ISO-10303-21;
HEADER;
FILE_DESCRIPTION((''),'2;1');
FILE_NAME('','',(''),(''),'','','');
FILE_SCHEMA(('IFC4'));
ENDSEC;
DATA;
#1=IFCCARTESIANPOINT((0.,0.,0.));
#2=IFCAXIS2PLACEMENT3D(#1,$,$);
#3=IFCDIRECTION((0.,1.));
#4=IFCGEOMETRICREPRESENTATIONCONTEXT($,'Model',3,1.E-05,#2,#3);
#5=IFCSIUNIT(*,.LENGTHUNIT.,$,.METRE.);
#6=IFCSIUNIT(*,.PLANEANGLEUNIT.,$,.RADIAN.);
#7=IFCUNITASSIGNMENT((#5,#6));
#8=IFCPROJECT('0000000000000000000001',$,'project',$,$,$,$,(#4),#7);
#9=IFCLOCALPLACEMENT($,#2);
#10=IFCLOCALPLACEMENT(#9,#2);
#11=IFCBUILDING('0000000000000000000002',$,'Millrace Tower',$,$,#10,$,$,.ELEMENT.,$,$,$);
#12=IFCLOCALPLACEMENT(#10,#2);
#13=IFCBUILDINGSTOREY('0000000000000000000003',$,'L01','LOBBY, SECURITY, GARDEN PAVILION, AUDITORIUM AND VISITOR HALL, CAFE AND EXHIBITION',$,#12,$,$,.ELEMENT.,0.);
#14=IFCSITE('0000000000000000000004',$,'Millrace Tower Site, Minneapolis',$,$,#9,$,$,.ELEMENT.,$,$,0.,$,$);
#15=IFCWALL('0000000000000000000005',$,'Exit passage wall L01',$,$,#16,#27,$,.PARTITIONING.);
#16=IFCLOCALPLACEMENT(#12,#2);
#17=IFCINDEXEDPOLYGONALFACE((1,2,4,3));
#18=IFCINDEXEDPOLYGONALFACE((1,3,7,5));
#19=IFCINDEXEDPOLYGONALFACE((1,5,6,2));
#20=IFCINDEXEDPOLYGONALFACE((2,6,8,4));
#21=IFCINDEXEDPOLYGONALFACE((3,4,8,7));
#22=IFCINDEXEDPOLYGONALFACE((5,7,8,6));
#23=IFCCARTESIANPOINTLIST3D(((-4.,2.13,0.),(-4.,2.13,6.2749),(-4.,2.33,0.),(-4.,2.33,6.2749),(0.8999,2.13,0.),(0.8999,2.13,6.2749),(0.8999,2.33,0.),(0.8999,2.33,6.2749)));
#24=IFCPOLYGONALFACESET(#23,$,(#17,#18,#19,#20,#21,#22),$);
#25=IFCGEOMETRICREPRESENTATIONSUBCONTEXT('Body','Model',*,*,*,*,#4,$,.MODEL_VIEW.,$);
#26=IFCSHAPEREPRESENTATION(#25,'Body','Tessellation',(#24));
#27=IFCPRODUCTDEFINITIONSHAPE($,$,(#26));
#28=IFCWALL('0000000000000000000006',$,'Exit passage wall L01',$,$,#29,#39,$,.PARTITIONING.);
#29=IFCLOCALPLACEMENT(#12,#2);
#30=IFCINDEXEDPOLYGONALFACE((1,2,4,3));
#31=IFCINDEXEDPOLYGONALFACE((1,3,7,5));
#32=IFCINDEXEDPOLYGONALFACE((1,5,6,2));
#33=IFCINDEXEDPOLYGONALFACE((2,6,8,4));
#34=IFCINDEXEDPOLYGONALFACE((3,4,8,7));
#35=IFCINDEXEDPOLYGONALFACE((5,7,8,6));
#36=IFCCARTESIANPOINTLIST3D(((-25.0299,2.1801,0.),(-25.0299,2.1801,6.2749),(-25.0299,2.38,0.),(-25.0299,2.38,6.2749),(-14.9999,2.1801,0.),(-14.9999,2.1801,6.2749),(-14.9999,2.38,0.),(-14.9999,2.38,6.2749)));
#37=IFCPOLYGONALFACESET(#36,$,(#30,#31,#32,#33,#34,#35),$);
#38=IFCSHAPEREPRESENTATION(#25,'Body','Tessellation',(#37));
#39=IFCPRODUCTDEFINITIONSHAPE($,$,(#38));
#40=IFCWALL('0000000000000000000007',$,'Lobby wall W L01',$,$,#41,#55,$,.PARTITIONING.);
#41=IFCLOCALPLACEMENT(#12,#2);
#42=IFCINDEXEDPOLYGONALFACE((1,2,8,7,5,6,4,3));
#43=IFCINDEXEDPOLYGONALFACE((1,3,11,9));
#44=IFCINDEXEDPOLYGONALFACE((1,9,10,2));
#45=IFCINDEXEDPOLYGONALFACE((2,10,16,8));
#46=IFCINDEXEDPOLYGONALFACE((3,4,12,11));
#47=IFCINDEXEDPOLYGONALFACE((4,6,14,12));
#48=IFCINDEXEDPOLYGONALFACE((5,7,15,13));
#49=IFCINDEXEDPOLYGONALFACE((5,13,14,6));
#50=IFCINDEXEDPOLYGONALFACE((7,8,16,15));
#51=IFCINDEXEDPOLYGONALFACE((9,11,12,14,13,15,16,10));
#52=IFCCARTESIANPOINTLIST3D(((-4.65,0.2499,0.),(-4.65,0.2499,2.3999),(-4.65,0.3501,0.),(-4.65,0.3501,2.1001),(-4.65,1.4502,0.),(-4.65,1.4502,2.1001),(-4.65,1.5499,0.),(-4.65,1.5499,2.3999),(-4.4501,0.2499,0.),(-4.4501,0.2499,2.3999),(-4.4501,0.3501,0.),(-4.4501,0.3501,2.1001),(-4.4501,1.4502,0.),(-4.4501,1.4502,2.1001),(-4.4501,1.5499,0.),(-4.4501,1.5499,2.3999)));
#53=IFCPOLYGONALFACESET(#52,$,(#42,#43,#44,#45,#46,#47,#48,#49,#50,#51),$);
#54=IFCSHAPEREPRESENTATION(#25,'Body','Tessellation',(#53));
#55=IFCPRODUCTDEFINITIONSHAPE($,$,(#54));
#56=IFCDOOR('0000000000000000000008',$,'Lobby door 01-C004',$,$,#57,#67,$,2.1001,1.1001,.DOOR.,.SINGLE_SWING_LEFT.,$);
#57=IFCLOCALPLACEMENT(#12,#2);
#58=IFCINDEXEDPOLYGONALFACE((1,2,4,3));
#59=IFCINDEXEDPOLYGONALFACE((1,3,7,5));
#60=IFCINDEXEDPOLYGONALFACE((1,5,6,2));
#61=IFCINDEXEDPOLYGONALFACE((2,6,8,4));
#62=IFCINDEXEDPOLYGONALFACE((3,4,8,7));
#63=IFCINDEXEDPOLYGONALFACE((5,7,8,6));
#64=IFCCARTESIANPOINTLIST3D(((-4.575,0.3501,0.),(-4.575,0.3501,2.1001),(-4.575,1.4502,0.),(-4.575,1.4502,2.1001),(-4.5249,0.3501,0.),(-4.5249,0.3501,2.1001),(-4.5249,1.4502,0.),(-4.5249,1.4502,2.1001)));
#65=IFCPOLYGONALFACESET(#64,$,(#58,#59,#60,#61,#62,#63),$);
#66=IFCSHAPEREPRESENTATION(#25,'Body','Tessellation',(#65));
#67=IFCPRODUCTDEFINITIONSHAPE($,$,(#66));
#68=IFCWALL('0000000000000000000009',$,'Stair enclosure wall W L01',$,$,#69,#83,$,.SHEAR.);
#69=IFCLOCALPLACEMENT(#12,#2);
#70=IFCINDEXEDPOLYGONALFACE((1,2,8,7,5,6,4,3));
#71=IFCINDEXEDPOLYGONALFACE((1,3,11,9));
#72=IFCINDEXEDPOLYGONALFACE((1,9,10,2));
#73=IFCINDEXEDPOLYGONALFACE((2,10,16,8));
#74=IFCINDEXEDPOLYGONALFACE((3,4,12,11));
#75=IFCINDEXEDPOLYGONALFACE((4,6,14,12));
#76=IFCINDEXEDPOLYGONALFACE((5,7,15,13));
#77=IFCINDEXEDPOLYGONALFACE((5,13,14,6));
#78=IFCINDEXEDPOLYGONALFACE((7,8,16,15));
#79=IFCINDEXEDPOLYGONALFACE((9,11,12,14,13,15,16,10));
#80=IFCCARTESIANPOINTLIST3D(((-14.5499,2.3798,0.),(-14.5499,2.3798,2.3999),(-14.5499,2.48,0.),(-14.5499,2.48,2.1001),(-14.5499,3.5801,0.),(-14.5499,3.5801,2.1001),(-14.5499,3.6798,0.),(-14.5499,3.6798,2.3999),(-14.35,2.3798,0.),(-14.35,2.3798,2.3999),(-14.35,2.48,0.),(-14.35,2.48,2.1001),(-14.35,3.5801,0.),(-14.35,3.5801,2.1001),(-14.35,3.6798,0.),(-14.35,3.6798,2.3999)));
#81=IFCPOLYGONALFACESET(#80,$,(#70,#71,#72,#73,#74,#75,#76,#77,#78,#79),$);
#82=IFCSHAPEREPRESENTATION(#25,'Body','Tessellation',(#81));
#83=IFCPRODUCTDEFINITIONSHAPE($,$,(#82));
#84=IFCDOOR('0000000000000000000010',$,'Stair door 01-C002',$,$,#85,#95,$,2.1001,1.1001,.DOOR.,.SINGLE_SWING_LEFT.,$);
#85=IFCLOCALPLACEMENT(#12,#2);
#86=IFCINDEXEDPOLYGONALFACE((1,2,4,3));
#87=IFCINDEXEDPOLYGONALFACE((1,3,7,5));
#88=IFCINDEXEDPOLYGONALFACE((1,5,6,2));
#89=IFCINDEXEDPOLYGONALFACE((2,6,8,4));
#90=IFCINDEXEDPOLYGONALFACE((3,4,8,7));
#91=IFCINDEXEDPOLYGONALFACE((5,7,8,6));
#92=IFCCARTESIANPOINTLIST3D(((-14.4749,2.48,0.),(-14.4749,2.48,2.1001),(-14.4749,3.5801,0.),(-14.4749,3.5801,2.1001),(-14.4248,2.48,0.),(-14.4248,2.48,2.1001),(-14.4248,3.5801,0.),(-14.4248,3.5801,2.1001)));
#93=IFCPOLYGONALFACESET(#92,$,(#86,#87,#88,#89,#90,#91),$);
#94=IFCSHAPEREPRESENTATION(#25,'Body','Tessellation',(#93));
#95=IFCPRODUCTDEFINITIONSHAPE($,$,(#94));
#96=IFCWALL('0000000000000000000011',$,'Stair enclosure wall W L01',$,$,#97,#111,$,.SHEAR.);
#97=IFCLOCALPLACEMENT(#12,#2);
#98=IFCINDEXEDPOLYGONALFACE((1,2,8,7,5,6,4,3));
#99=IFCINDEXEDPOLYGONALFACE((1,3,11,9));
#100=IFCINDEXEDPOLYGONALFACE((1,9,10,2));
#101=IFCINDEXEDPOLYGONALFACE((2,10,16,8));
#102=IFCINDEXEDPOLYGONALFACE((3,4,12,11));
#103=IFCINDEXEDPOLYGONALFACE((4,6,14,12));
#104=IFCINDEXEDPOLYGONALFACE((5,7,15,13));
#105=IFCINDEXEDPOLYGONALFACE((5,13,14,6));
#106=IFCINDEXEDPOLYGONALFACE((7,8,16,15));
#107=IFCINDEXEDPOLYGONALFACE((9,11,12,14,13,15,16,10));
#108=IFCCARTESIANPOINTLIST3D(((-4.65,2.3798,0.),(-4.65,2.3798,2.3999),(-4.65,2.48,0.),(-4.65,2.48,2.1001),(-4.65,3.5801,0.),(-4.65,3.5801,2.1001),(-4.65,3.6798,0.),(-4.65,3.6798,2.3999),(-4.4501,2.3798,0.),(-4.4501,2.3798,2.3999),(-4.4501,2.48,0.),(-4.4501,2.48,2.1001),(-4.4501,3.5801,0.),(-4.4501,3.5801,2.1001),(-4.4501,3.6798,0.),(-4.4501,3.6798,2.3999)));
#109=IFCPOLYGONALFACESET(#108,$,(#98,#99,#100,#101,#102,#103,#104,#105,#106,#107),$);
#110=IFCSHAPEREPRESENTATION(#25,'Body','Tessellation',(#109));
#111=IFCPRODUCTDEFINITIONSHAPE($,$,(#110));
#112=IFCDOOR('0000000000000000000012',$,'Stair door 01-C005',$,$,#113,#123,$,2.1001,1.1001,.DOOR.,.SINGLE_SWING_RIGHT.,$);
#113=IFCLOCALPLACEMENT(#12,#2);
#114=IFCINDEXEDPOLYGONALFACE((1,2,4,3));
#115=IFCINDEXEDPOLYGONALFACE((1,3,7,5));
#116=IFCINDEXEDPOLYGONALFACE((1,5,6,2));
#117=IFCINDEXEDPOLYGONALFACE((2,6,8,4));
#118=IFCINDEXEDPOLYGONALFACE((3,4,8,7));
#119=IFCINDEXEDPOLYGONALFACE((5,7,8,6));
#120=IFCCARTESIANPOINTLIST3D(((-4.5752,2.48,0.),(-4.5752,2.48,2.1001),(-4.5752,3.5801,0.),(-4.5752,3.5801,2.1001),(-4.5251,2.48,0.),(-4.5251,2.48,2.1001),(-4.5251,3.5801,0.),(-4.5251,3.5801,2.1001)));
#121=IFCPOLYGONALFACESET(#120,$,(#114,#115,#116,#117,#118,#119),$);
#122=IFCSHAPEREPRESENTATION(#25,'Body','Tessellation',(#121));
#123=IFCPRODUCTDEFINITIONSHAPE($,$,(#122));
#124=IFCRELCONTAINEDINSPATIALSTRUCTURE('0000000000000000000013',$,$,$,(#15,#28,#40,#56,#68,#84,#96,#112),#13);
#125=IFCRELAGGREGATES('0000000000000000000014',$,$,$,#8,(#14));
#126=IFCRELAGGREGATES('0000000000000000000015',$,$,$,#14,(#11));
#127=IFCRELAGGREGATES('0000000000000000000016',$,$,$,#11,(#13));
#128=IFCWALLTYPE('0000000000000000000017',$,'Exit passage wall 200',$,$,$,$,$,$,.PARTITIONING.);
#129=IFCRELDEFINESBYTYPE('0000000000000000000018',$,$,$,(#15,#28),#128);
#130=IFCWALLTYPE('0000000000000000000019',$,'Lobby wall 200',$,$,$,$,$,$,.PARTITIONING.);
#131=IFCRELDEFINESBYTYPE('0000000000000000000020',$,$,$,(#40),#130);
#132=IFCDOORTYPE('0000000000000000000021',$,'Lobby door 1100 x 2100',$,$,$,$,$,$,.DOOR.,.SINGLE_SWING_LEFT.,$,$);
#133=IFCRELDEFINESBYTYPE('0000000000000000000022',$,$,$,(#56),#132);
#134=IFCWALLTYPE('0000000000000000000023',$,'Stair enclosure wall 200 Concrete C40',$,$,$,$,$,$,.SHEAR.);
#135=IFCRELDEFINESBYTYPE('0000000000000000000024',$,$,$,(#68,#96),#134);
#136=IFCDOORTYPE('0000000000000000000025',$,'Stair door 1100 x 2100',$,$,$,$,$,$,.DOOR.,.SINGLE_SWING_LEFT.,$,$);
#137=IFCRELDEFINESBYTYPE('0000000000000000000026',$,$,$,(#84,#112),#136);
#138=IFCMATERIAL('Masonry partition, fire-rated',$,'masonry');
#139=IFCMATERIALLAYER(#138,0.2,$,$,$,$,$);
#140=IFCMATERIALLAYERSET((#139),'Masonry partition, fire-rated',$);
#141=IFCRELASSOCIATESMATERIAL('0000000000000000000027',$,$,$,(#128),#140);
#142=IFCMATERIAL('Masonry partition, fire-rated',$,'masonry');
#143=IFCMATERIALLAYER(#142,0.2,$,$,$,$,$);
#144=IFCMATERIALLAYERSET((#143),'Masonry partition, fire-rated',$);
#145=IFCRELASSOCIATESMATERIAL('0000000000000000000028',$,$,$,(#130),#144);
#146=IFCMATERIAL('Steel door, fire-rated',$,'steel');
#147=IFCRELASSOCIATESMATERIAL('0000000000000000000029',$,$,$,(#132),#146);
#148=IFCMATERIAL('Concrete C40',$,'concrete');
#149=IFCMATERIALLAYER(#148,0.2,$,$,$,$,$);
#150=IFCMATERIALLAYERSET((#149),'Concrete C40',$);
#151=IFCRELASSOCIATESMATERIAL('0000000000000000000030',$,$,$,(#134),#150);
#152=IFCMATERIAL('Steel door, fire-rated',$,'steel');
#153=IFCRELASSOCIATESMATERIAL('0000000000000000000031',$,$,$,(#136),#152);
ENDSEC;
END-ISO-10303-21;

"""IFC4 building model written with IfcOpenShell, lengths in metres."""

from ifc_helpers import new_model, si_unit, direction, frame, frame_2d, origin, place, context, subcontext, project, spatial, rectangle, extrude, material, layer, layer_set, type_object, element, fill, save


model = new_model("IFC4")

# Units and contexts
model_context = context("Model", 3, precision=1e-05, world=origin(), true_north=direction((0.0, 1.0)))
body_context = subcontext(model_context, "Body", "Model", "MODEL_VIEW")
ifc_project = project(units=[si_unit("LENGTHUNIT", "METRE"), si_unit("PLANEANGLEUNIT", "RADIAN")], contexts=[model_context])

# Site, building, storey
site_placement = place(None, origin())
site = spatial("IfcSite", under=ifc_project, at=site_placement, Name="Millrace Tower Site, Minneapolis", CompositionType="ELEMENT", RefElevation=0.0)
building_placement = place(site_placement, origin())
building = spatial("IfcBuilding", under=site, at=building_placement, Name="Millrace Tower", CompositionType="ELEMENT")
storey_placement = place(building_placement, origin())
storey = spatial("IfcBuildingStorey", under=building, at=storey_placement, Name="L01", Description="LOBBY, SECURITY, GARDEN PAVILION, AUDITORIUM AND VISITOR HALL, CAFE AND EXHIBITION", CompositionType="ELEMENT", Elevation=0.0)

# Walls
ifc_material_1 = material(Name="Masonry partition, fire-rated", Category="masonry")
ifc_layer_1 = layer(ifc_material_1, 0.2)
ifc_layer_set_1 = layer_set([ifc_layer_1], Name="Masonry partition, fire-rated")
wall_type_1 = type_object("IfcWallType", Name="Exit passage wall 200", PredefinedType="PARTITIONING", material=ifc_layer_set_1)
wall_1_placement = place(storey_placement, frame((-4.0, 2.23, 0.0), z_axis=(0.0, 0.0, 1.0), x_axis=(1.0, 0.0, 0.0)))
element("IfcWall", 1, at=wall_1_placement, inside=storey, type_object=wall_type_1, Name="Exit passage wall L01", PredefinedType="PARTITIONING", context=body_context, shape_type="SweptSolid", body=[
    extrude(rectangle(XDim=4.8999, YDim=0.2, at=frame_2d((2.45, 0.0))), origin(), (0.0, 0.0, 1.0), 6.2749),
])
wall_2_placement = place(storey_placement, frame((-25.03, 2.28, 0.0), z_axis=(0.0, 0.0, 1.0), x_axis=(1.0, 0.0, 0.0)))
element("IfcWall", 2, at=wall_2_placement, inside=storey, type_object=wall_type_1, Name="Exit passage wall L01", PredefinedType="PARTITIONING", context=body_context, shape_type="SweptSolid", body=[
    extrude(rectangle(XDim=10.03, YDim=0.2, at=frame_2d((5.0151, 0.0))), origin(), (0.0, 0.0, 1.0), 6.2749),
])

# Walls, openings, doors
ifc_material_2 = material(Name="Masonry partition, fire-rated", Category="masonry")
ifc_layer_2 = layer(ifc_material_2, 0.2)
ifc_layer_set_2 = layer_set([ifc_layer_2], Name="Masonry partition, fire-rated")
wall_type_2 = type_object("IfcWallType", Name="Lobby wall 200", PredefinedType="PARTITIONING", material=ifc_layer_set_2)
wall_3_placement = place(storey_placement, frame((-4.55, 0.25, 0.0), z_axis=(0.0, 0.0, 1.0), x_axis=(0.0, 1.0, 0.0)))
wall_3 = element("IfcWall", 3, at=wall_3_placement, inside=storey, type_object=wall_type_2, Name="Lobby wall W L01", PredefinedType="PARTITIONING", context=body_context, shape_type="SweptSolid", body=[
    extrude(rectangle(XDim=1.3, YDim=0.2, at=frame_2d((0.6499, 0.0))), origin(), (0.0, 0.0, 1.0), 2.3999),
])
opening_1_placement = place(wall_3_placement, frame((0.1001, 0.0, 0.0)))
opening_1 = element("IfcOpeningElement", 4, at=opening_1_placement, cuts=wall_3, PredefinedType="OPENING", context=body_context, shape_type="SweptSolid", body=[
    extrude(rectangle(XDim=1.1001, YDim=2.1001, at=frame_2d((0.55, 1.05))), frame((0.0, 0.1099, 0.0), z_axis=(0.0, -1.0, 0.0), x_axis=(1.0, 0.0, 0.0)), (0.0, 0.0, 1.0), 0.22),
])
ifc_material_3 = material(Name="Steel door, fire-rated", Category="steel")
door_type_1 = type_object("IfcDoorType", Name="Lobby door 1100 x 2100", OperationType="SINGLE_SWING_LEFT", PredefinedType="DOOR", material=ifc_material_3)
door_1_placement = place(opening_1_placement, origin())
door_1 = element("IfcDoor", 5, at=door_1_placement, inside=storey, type_object=door_type_1, Name="Lobby door 01-C004", OperationType="SINGLE_SWING_LEFT", OverallHeight=2.1001, OverallWidth=1.1001, PredefinedType="DOOR", context=body_context, shape_type="SweptSolid", body=[
    extrude(rectangle(XDim=1.1001, YDim=2.1001, at=frame_2d((0.55, 1.05))), frame((0.0, 0.0249, 0.0), z_axis=(0.0, -1.0, 0.0), x_axis=(1.0, 0.0, 0.0)), (0.0, 0.0, 1.0), 0.05),
])
fill(opening_1, door_1)
ifc_material_4 = material(Name="Concrete C40", Category="concrete")
ifc_layer_3 = layer(ifc_material_4, 0.2)
ifc_layer_set_3 = layer_set([ifc_layer_3], Name="Concrete C40")
wall_type_3 = type_object("IfcWallType", Name="Stair enclosure wall 200 Concrete C40", PredefinedType="SHEAR", material=ifc_layer_set_3)
wall_4_placement = place(storey_placement, frame((-14.45, 2.3799, 0.0), z_axis=(0.0, 0.0, 1.0), x_axis=(0.0, 1.0, 0.0)))
wall_4 = element("IfcWall", 6, at=wall_4_placement, inside=storey, type_object=wall_type_3, Name="Stair enclosure wall W L01", PredefinedType="SHEAR", context=body_context, shape_type="SweptSolid", body=[
    extrude(rectangle(XDim=1.3, YDim=0.2, at=frame_2d((0.6499, 0.0))), origin(), (0.0, 0.0, 1.0), 2.3999),
])
opening_2_placement = place(wall_4_placement, frame((0.1001, 0.0, 0.0)))
opening_2 = element("IfcOpeningElement", 7, at=opening_2_placement, cuts=wall_4, PredefinedType="OPENING", context=body_context, shape_type="SweptSolid", body=[
    extrude(rectangle(XDim=1.1001, YDim=2.1001, at=frame_2d((0.55, 1.05))), frame((0.0, 0.1099, 0.0), z_axis=(0.0, -1.0, 0.0), x_axis=(1.0, 0.0, 0.0)), (0.0, 0.0, 1.0), 0.22),
])
ifc_material_5 = material(Name="Steel door, fire-rated", Category="steel")
door_type_2 = type_object("IfcDoorType", Name="Stair door 1100 x 2100", OperationType="SINGLE_SWING_LEFT", PredefinedType="DOOR", material=ifc_material_5)
door_2_placement = place(opening_2_placement, origin())
door_2 = element("IfcDoor", 8, at=door_2_placement, inside=storey, type_object=door_type_2, Name="Stair door 01-C002", OperationType="SINGLE_SWING_LEFT", OverallHeight=2.1001, OverallWidth=1.1001, PredefinedType="DOOR", context=body_context, shape_type="SweptSolid", body=[
    extrude(rectangle(XDim=1.1001, YDim=2.1001, at=frame_2d((0.55, 1.05))), frame((0.0, 0.0249, 0.0), z_axis=(0.0, -1.0, 0.0), x_axis=(1.0, 0.0, 0.0)), (0.0, 0.0, 1.0), 0.05),
])
fill(opening_2, door_2)
wall_5_placement = place(storey_placement, frame((-4.55, 2.3799, 0.0), z_axis=(0.0, 0.0, 1.0), x_axis=(0.0, 1.0, 0.0)))
wall_5 = element("IfcWall", 9, at=wall_5_placement, inside=storey, type_object=wall_type_3, Name="Stair enclosure wall W L01", PredefinedType="SHEAR", context=body_context, shape_type="SweptSolid", body=[
    extrude(rectangle(XDim=1.3, YDim=0.2, at=frame_2d((0.6499, 0.0))), origin(), (0.0, 0.0, 1.0), 2.3999),
])
opening_3_placement = place(wall_5_placement, frame((0.1001, 0.0, 0.0)))
opening_3 = element("IfcOpeningElement", 10, at=opening_3_placement, cuts=wall_5, PredefinedType="OPENING", context=body_context, shape_type="SweptSolid", body=[
    extrude(rectangle(XDim=1.1001, YDim=2.1001, at=frame_2d((0.55, 1.05))), frame((0.0, 0.1099, 0.0), z_axis=(0.0, -1.0, 0.0), x_axis=(1.0, 0.0, 0.0)), (0.0, 0.0, 1.0), 0.22),
])
door_3_placement = place(opening_3_placement, frame((1.1001, 0.0, 0.0), z_axis=(0.0, 0.0, 1.0), x_axis=(-1.0, 0.0, 0.0)))
door_3 = element("IfcDoor", 11, at=door_3_placement, inside=storey, type_object=door_type_2, Name="Stair door 01-C005", OperationType="SINGLE_SWING_RIGHT", OverallHeight=2.1001, OverallWidth=1.1001, PredefinedType="DOOR", context=body_context, shape_type="SweptSolid", body=[
    extrude(rectangle(XDim=1.1001, YDim=2.1001, at=frame_2d((0.55, 1.05))), frame((0.0, 0.0249, 0.0), z_axis=(0.0, -1.0, 0.0), x_axis=(1.0, 0.0, 0.0)), (0.0, 0.0, 1.0), 0.05),
])
fill(opening_3, door_3)

save(model, "model.ifc")
